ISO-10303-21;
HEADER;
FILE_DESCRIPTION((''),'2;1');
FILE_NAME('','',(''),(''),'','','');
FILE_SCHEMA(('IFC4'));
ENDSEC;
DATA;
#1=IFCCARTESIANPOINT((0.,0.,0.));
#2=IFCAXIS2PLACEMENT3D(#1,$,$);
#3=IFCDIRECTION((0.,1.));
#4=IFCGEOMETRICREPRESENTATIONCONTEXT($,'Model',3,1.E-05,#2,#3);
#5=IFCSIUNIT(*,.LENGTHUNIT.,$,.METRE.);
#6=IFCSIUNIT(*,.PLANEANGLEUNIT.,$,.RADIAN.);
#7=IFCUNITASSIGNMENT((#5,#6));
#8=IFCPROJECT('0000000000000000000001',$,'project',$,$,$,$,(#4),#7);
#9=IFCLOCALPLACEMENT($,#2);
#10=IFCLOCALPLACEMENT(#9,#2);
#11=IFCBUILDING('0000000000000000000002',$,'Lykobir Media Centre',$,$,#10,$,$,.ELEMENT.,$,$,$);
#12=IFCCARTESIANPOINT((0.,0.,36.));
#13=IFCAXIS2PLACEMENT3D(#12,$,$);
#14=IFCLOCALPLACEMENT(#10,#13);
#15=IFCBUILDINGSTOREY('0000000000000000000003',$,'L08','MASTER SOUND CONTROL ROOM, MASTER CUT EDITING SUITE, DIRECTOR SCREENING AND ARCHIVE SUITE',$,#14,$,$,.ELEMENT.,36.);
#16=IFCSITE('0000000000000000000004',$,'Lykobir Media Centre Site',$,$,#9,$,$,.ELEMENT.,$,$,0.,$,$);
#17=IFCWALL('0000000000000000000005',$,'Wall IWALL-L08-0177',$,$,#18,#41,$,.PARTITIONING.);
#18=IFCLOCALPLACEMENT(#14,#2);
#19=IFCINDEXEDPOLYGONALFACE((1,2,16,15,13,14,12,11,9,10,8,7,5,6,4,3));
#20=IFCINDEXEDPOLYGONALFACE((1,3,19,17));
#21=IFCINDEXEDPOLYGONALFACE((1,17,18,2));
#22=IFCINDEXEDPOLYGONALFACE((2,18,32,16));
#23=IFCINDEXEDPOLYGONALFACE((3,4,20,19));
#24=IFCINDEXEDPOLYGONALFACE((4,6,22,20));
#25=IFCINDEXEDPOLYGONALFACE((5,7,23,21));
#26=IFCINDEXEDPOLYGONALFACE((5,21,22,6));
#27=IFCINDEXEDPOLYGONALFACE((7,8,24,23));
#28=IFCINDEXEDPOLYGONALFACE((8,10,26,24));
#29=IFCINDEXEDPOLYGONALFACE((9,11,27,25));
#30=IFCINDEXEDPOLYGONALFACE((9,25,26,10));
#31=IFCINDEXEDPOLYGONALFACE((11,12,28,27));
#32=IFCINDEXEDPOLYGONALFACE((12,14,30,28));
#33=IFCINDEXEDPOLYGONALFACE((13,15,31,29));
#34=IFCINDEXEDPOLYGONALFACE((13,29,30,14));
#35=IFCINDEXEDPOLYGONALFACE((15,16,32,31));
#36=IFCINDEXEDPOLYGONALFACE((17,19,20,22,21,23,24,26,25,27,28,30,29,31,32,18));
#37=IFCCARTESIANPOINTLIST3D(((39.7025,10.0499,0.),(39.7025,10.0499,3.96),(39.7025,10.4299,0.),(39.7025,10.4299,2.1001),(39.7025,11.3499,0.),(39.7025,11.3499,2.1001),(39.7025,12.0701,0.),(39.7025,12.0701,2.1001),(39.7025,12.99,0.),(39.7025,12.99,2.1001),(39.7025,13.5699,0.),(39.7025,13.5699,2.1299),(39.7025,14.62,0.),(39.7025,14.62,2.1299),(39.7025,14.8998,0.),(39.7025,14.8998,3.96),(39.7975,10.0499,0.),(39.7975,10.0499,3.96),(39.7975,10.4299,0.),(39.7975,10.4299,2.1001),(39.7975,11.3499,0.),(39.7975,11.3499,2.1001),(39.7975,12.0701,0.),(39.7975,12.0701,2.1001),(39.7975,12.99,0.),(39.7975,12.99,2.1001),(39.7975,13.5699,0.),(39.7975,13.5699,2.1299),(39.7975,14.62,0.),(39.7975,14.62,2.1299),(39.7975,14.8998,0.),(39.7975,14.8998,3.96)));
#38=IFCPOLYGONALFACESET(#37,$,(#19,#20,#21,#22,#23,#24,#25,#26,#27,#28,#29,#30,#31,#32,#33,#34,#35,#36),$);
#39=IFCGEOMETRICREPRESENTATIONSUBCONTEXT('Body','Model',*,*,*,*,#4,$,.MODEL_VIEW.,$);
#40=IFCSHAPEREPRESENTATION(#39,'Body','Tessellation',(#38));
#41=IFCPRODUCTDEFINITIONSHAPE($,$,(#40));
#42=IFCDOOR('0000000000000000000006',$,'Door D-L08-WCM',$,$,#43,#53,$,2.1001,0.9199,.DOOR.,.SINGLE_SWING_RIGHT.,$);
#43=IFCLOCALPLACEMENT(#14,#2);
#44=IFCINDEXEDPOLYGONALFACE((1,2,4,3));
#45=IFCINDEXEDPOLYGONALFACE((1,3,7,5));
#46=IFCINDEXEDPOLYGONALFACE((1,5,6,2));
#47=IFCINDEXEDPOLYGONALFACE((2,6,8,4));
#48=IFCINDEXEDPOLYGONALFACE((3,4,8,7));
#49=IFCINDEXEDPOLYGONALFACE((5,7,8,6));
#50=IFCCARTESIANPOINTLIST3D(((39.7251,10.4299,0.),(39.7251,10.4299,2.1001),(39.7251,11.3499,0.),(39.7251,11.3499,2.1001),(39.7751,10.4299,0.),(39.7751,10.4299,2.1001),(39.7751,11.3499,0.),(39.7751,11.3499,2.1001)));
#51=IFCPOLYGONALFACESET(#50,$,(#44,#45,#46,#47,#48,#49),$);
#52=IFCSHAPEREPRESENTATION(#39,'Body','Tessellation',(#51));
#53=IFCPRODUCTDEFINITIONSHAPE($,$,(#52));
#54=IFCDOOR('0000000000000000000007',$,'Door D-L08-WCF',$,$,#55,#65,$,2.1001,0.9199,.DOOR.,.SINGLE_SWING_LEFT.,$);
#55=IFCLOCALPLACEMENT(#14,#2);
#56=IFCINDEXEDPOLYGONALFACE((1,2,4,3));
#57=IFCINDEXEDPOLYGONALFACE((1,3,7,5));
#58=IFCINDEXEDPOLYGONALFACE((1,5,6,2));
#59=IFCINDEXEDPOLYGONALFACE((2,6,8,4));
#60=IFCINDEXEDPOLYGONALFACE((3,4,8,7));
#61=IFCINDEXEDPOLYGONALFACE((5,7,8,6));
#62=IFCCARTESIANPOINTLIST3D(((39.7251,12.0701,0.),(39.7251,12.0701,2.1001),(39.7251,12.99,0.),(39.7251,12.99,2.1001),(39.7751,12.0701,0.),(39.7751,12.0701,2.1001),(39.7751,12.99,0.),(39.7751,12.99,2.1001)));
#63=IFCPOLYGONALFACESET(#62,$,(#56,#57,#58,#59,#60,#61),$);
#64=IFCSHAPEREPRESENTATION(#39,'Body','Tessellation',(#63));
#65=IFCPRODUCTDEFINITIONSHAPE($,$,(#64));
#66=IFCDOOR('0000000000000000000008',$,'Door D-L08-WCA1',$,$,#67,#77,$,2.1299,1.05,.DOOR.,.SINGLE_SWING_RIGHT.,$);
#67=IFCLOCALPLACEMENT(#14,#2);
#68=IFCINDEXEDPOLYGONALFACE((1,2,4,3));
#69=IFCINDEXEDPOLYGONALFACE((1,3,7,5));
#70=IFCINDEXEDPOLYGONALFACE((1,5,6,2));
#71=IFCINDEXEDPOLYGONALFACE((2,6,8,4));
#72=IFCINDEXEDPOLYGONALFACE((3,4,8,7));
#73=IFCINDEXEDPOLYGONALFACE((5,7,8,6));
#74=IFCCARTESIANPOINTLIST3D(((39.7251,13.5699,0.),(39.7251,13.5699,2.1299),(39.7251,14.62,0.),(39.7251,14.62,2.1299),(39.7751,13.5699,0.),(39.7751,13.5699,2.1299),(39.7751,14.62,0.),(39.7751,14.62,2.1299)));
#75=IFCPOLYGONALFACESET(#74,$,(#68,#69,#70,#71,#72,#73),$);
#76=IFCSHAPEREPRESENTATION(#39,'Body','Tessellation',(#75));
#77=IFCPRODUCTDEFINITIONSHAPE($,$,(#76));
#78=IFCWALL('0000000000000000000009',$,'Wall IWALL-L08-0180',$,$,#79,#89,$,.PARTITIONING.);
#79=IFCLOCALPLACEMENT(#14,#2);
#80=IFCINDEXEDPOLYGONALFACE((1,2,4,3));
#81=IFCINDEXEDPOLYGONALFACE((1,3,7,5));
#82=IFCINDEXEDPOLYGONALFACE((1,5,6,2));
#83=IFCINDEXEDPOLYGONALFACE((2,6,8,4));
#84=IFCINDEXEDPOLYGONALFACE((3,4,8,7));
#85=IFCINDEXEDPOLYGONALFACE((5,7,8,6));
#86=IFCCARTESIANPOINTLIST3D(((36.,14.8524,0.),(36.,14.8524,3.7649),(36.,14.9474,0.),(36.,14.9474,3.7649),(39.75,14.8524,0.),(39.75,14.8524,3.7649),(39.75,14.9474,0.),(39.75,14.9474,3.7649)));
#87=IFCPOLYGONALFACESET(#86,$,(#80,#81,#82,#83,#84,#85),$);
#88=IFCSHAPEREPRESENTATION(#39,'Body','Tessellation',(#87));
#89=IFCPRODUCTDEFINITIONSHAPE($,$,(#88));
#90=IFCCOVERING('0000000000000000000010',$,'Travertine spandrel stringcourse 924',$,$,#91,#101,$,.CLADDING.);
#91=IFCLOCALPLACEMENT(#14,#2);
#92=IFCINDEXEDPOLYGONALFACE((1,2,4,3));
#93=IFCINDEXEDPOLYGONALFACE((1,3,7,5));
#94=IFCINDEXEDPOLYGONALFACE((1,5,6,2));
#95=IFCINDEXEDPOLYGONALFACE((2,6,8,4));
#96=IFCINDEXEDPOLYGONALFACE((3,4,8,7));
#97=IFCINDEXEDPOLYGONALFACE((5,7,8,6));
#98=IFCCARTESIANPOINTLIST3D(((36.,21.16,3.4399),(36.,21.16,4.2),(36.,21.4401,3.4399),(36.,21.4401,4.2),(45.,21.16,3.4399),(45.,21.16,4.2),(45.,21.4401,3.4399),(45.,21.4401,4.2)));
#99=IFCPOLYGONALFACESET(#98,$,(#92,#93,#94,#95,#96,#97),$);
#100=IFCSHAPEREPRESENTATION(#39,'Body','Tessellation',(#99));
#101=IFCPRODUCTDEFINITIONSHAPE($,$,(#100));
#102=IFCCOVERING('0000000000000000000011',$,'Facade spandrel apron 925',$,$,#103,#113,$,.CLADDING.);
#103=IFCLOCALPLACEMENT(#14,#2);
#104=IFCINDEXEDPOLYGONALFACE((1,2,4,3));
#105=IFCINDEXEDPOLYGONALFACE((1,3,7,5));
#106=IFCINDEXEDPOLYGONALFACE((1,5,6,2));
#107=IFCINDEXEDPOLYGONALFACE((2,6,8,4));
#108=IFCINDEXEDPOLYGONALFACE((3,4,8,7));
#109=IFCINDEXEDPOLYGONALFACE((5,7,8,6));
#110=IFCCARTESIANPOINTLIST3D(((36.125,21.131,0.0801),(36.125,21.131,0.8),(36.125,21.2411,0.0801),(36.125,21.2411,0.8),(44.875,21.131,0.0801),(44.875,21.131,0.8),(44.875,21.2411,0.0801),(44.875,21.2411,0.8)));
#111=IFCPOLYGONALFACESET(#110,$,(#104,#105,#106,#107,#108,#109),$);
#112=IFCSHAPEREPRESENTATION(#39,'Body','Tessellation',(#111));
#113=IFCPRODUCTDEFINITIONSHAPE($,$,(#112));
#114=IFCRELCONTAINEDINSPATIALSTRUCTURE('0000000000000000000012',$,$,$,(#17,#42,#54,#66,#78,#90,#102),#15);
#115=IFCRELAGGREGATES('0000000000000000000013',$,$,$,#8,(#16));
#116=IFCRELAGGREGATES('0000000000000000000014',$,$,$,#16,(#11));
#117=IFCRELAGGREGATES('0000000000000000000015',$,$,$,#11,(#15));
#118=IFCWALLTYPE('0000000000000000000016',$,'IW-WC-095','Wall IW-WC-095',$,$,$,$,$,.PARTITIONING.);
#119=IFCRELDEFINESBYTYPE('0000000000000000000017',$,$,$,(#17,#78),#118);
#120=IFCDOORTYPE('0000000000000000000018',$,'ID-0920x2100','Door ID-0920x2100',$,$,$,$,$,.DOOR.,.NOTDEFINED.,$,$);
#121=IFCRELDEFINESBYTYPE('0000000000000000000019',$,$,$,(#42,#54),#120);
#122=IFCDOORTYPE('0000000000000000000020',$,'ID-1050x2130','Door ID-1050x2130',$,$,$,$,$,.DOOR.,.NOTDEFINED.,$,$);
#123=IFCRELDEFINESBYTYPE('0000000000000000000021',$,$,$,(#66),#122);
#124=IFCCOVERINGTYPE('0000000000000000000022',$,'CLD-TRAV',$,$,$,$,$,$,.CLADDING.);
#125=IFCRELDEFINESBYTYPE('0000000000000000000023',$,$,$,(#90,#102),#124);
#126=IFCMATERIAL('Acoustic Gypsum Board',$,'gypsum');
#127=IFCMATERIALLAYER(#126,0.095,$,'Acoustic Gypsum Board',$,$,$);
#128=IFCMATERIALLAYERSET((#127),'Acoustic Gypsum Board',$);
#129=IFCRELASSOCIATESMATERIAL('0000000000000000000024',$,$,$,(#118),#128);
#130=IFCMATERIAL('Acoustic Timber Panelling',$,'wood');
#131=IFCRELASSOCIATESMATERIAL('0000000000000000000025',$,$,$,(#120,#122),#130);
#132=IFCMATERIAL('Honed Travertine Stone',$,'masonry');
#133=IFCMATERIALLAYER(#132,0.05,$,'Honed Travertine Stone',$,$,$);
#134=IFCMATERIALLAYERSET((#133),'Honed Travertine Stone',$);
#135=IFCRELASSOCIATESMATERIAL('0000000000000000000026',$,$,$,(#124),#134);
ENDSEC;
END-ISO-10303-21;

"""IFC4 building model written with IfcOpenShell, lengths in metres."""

from ifc_helpers import new_model, si_unit, direction, frame, frame_2d, origin, origin_2d, place, context, subcontext, project, spatial, rectangle, extrude, material, layer, layer_set, type_object, element, fill, save


model = new_model("IFC4")

# Units and contexts
model_context = context("Model", 3, precision=1e-05, world=origin(), true_north=direction((0.0, 1.0)))
body_context = subcontext(model_context, "Body", "Model", "MODEL_VIEW")
ifc_project = project(units=[si_unit("LENGTHUNIT", "METRE"), si_unit("PLANEANGLEUNIT", "RADIAN")], contexts=[model_context])

# Site, building, storey
site_placement = place(None, origin())
site = spatial("IfcSite", under=ifc_project, at=site_placement, Name="Lykobir Media Centre Site", CompositionType="ELEMENT", RefElevation=0.0)
building_placement = place(site_placement, origin())
building = spatial("IfcBuilding", under=site, at=building_placement, Name="Lykobir Media Centre", CompositionType="ELEMENT")
storey_placement = place(building_placement, frame((0.0, 0.0, 36.0)))
storey = spatial("IfcBuildingStorey", under=building, at=storey_placement, Name="L08", Description="MASTER SOUND CONTROL ROOM, MASTER CUT EDITING SUITE, DIRECTOR SCREENING AND ARCHIVE SUITE", CompositionType="ELEMENT", Elevation=36.0)

# Wall, openings, doors
ifc_material_1 = material(Name="Acoustic Gypsum Board", Category="gypsum")
ifc_material_2 = material(Name="Acoustic Timber Panelling", Category="wood")
ifc_layer_1 = layer(ifc_material_1, 0.095, Name="Acoustic Gypsum Board")
ifc_layer_set_1 = layer_set([ifc_layer_1], Name="Acoustic Gypsum Board")
wall_type_1 = type_object("IfcWallType", Name="IW-WC-095", Description="Wall IW-WC-095", PredefinedType="PARTITIONING", material=ifc_layer_set_1)
wall_1_placement = place(storey_placement, frame((39.75, 10.05, 0.0), z_axis=(0.0, 0.0, 1.0), x_axis=(0.0, 1.0, 0.0)))
wall_1 = element("IfcWall", 1, at=wall_1_placement, inside=storey, type_object=wall_type_1, Name="Wall IWALL-L08-0177", PredefinedType="PARTITIONING", context=body_context, shape_type="SweptSolid", body=[
    extrude(rectangle(XDim=4.8499, YDim=0.095, at=frame_2d((2.4248, 0.0))), origin(), (0.0, 0.0, 1.0), 3.96),
])
opening_1_placement = place(wall_1_placement, frame((0.3799, 0.0, 0.0)))
opening_1 = element("IfcOpeningElement", 2, at=opening_1_placement, cuts=wall_1, PredefinedType="OPENING", context=body_context, shape_type="SweptSolid", body=[
    extrude(rectangle(XDim=0.9199, YDim=2.1001, at=frame_2d((0.46, 1.05))), frame((0.0, 0.0574, 0.0), z_axis=(0.0, -1.0, 0.0), x_axis=(1.0, 0.0, 0.0)), (0.0, 0.0, 1.0), 0.115),
])
opening_2_placement = place(wall_1_placement, frame((2.02, 0.0, 0.0)))
opening_2 = element("IfcOpeningElement", 3, at=opening_2_placement, cuts=wall_1, PredefinedType="OPENING", context=body_context, shape_type="SweptSolid", body=[
    extrude(rectangle(XDim=0.9199, YDim=2.1001, at=frame_2d((0.46, 1.05))), frame((0.0, 0.0574, 0.0), z_axis=(0.0, -1.0, 0.0), x_axis=(1.0, 0.0, 0.0)), (0.0, 0.0, 1.0), 0.115),
])
opening_3_placement = place(wall_1_placement, frame((3.52, 0.0, 0.0)))
opening_3 = element("IfcOpeningElement", 4, at=opening_3_placement, cuts=wall_1, PredefinedType="OPENING", context=body_context, shape_type="SweptSolid", body=[
    extrude(rectangle(XDim=1.05, YDim=2.1299, at=frame_2d((0.5249, 1.0649))), frame((0.0, 0.0574, 0.0), z_axis=(0.0, -1.0, 0.0), x_axis=(1.0, 0.0, 0.0)), (0.0, 0.0, 1.0), 0.115),
])
door_type_1 = type_object("IfcDoorType", Name="ID-0920x2100", Description="Door ID-0920x2100", OperationType="NOTDEFINED", PredefinedType="DOOR", material=ifc_material_2)
door_1_placement = place(opening_1_placement, origin())
door_1 = element("IfcDoor", 5, at=door_1_placement, inside=storey, type_object=door_type_1, Name="Door D-L08-WCM", OperationType="SINGLE_SWING_RIGHT", OverallHeight=2.1001, OverallWidth=0.9199, PredefinedType="DOOR", context=body_context, shape_type="SweptSolid", body=[
    extrude(rectangle(XDim=0.9199, YDim=2.1001, at=frame_2d((0.46, 1.05))), frame((0.0, 0.0249, 0.0), z_axis=(0.0, -1.0, 0.0), x_axis=(1.0, 0.0, 0.0)), (0.0, 0.0, 1.0), 0.05),
])
fill(opening_1, door_1)
door_2_placement = place(opening_2_placement, origin())
door_2 = element("IfcDoor", 6, at=door_2_placement, inside=storey, type_object=door_type_1, Name="Door D-L08-WCF", OperationType="SINGLE_SWING_LEFT", OverallHeight=2.1001, OverallWidth=0.9199, PredefinedType="DOOR", context=body_context, shape_type="SweptSolid", body=[
    extrude(rectangle(XDim=0.9199, YDim=2.1001, at=frame_2d((0.46, 1.05))), frame((0.0, 0.0249, 0.0), z_axis=(0.0, -1.0, 0.0), x_axis=(1.0, 0.0, 0.0)), (0.0, 0.0, 1.0), 0.05),
])
fill(opening_2, door_2)
door_type_2 = type_object("IfcDoorType", Name="ID-1050x2130", Description="Door ID-1050x2130", OperationType="NOTDEFINED", PredefinedType="DOOR", material=ifc_material_2)
door_3_placement = place(opening_3_placement, origin())
door_3 = element("IfcDoor", 7, at=door_3_placement, inside=storey, type_object=door_type_2, Name="Door D-L08-WCA1", OperationType="SINGLE_SWING_RIGHT", OverallHeight=2.1299, OverallWidth=1.05, PredefinedType="DOOR", context=body_context, shape_type="SweptSolid", body=[
    extrude(rectangle(XDim=1.05, YDim=2.1299, at=frame_2d((0.5249, 1.0649))), frame((0.0, 0.0249, 0.0), z_axis=(0.0, -1.0, 0.0), x_axis=(1.0, 0.0, 0.0)), (0.0, 0.0, 1.0), 0.05),
])
fill(opening_3, door_3)

# Wall
wall_2_placement = place(storey_placement, frame((36.0, 14.8999, 0.0), z_axis=(0.0, 0.0, 1.0), x_axis=(1.0, 0.0, 0.0)))
element("IfcWall", 8, at=wall_2_placement, inside=storey, type_object=wall_type_1, Name="Wall IWALL-L08-0180", PredefinedType="PARTITIONING", context=body_context, shape_type="SweptSolid", body=[
    extrude(rectangle(XDim=3.75, YDim=0.095, at=frame_2d((1.875, 0.0))), origin(), (0.0, 0.0, 1.0), 3.7649),
])

# Coverings
ifc_material_3 = material(Name="Honed Travertine Stone", Category="masonry")
ifc_layer_2 = layer(ifc_material_3, 0.05, Name="Honed Travertine Stone")
ifc_layer_set_2 = layer_set([ifc_layer_2], Name="Honed Travertine Stone")
covering_type = type_object("IfcCoveringType", Name="CLD-TRAV", PredefinedType="CLADDING", material=ifc_layer_set_2)
covering_1_placement = place(storey_placement, frame((40.5, 21.3, 3.4399), z_axis=(0.0, 0.0, 1.0), x_axis=(-1.0, 0.0, 0.0)))
element("IfcCovering", 9, at=covering_1_placement, inside=storey, type_object=covering_type, Name="Travertine spandrel stringcourse 924", PredefinedType="CLADDING", context=body_context, shape_type="SweptSolid", body=[
    extrude(rectangle(XDim=9.0, YDim=0.28, at=origin_2d()), origin(), (0.0, 0.0, 1.0), 0.76),
])
covering_2_placement = place(storey_placement, frame((40.5, 21.186, 0.0801), z_axis=(0.0, 0.0, 1.0), x_axis=(-1.0, 0.0, 0.0)))
element("IfcCovering", 10, at=covering_2_placement, inside=storey, type_object=covering_type, Name="Facade spandrel apron 925", PredefinedType="CLADDING", context=body_context, shape_type="SweptSolid", body=[
    extrude(rectangle(XDim=8.75, YDim=0.1101, at=origin_2d()), origin(), (0.0, 0.0, 1.0), 0.72),
])

save(model, "model.ifc")
